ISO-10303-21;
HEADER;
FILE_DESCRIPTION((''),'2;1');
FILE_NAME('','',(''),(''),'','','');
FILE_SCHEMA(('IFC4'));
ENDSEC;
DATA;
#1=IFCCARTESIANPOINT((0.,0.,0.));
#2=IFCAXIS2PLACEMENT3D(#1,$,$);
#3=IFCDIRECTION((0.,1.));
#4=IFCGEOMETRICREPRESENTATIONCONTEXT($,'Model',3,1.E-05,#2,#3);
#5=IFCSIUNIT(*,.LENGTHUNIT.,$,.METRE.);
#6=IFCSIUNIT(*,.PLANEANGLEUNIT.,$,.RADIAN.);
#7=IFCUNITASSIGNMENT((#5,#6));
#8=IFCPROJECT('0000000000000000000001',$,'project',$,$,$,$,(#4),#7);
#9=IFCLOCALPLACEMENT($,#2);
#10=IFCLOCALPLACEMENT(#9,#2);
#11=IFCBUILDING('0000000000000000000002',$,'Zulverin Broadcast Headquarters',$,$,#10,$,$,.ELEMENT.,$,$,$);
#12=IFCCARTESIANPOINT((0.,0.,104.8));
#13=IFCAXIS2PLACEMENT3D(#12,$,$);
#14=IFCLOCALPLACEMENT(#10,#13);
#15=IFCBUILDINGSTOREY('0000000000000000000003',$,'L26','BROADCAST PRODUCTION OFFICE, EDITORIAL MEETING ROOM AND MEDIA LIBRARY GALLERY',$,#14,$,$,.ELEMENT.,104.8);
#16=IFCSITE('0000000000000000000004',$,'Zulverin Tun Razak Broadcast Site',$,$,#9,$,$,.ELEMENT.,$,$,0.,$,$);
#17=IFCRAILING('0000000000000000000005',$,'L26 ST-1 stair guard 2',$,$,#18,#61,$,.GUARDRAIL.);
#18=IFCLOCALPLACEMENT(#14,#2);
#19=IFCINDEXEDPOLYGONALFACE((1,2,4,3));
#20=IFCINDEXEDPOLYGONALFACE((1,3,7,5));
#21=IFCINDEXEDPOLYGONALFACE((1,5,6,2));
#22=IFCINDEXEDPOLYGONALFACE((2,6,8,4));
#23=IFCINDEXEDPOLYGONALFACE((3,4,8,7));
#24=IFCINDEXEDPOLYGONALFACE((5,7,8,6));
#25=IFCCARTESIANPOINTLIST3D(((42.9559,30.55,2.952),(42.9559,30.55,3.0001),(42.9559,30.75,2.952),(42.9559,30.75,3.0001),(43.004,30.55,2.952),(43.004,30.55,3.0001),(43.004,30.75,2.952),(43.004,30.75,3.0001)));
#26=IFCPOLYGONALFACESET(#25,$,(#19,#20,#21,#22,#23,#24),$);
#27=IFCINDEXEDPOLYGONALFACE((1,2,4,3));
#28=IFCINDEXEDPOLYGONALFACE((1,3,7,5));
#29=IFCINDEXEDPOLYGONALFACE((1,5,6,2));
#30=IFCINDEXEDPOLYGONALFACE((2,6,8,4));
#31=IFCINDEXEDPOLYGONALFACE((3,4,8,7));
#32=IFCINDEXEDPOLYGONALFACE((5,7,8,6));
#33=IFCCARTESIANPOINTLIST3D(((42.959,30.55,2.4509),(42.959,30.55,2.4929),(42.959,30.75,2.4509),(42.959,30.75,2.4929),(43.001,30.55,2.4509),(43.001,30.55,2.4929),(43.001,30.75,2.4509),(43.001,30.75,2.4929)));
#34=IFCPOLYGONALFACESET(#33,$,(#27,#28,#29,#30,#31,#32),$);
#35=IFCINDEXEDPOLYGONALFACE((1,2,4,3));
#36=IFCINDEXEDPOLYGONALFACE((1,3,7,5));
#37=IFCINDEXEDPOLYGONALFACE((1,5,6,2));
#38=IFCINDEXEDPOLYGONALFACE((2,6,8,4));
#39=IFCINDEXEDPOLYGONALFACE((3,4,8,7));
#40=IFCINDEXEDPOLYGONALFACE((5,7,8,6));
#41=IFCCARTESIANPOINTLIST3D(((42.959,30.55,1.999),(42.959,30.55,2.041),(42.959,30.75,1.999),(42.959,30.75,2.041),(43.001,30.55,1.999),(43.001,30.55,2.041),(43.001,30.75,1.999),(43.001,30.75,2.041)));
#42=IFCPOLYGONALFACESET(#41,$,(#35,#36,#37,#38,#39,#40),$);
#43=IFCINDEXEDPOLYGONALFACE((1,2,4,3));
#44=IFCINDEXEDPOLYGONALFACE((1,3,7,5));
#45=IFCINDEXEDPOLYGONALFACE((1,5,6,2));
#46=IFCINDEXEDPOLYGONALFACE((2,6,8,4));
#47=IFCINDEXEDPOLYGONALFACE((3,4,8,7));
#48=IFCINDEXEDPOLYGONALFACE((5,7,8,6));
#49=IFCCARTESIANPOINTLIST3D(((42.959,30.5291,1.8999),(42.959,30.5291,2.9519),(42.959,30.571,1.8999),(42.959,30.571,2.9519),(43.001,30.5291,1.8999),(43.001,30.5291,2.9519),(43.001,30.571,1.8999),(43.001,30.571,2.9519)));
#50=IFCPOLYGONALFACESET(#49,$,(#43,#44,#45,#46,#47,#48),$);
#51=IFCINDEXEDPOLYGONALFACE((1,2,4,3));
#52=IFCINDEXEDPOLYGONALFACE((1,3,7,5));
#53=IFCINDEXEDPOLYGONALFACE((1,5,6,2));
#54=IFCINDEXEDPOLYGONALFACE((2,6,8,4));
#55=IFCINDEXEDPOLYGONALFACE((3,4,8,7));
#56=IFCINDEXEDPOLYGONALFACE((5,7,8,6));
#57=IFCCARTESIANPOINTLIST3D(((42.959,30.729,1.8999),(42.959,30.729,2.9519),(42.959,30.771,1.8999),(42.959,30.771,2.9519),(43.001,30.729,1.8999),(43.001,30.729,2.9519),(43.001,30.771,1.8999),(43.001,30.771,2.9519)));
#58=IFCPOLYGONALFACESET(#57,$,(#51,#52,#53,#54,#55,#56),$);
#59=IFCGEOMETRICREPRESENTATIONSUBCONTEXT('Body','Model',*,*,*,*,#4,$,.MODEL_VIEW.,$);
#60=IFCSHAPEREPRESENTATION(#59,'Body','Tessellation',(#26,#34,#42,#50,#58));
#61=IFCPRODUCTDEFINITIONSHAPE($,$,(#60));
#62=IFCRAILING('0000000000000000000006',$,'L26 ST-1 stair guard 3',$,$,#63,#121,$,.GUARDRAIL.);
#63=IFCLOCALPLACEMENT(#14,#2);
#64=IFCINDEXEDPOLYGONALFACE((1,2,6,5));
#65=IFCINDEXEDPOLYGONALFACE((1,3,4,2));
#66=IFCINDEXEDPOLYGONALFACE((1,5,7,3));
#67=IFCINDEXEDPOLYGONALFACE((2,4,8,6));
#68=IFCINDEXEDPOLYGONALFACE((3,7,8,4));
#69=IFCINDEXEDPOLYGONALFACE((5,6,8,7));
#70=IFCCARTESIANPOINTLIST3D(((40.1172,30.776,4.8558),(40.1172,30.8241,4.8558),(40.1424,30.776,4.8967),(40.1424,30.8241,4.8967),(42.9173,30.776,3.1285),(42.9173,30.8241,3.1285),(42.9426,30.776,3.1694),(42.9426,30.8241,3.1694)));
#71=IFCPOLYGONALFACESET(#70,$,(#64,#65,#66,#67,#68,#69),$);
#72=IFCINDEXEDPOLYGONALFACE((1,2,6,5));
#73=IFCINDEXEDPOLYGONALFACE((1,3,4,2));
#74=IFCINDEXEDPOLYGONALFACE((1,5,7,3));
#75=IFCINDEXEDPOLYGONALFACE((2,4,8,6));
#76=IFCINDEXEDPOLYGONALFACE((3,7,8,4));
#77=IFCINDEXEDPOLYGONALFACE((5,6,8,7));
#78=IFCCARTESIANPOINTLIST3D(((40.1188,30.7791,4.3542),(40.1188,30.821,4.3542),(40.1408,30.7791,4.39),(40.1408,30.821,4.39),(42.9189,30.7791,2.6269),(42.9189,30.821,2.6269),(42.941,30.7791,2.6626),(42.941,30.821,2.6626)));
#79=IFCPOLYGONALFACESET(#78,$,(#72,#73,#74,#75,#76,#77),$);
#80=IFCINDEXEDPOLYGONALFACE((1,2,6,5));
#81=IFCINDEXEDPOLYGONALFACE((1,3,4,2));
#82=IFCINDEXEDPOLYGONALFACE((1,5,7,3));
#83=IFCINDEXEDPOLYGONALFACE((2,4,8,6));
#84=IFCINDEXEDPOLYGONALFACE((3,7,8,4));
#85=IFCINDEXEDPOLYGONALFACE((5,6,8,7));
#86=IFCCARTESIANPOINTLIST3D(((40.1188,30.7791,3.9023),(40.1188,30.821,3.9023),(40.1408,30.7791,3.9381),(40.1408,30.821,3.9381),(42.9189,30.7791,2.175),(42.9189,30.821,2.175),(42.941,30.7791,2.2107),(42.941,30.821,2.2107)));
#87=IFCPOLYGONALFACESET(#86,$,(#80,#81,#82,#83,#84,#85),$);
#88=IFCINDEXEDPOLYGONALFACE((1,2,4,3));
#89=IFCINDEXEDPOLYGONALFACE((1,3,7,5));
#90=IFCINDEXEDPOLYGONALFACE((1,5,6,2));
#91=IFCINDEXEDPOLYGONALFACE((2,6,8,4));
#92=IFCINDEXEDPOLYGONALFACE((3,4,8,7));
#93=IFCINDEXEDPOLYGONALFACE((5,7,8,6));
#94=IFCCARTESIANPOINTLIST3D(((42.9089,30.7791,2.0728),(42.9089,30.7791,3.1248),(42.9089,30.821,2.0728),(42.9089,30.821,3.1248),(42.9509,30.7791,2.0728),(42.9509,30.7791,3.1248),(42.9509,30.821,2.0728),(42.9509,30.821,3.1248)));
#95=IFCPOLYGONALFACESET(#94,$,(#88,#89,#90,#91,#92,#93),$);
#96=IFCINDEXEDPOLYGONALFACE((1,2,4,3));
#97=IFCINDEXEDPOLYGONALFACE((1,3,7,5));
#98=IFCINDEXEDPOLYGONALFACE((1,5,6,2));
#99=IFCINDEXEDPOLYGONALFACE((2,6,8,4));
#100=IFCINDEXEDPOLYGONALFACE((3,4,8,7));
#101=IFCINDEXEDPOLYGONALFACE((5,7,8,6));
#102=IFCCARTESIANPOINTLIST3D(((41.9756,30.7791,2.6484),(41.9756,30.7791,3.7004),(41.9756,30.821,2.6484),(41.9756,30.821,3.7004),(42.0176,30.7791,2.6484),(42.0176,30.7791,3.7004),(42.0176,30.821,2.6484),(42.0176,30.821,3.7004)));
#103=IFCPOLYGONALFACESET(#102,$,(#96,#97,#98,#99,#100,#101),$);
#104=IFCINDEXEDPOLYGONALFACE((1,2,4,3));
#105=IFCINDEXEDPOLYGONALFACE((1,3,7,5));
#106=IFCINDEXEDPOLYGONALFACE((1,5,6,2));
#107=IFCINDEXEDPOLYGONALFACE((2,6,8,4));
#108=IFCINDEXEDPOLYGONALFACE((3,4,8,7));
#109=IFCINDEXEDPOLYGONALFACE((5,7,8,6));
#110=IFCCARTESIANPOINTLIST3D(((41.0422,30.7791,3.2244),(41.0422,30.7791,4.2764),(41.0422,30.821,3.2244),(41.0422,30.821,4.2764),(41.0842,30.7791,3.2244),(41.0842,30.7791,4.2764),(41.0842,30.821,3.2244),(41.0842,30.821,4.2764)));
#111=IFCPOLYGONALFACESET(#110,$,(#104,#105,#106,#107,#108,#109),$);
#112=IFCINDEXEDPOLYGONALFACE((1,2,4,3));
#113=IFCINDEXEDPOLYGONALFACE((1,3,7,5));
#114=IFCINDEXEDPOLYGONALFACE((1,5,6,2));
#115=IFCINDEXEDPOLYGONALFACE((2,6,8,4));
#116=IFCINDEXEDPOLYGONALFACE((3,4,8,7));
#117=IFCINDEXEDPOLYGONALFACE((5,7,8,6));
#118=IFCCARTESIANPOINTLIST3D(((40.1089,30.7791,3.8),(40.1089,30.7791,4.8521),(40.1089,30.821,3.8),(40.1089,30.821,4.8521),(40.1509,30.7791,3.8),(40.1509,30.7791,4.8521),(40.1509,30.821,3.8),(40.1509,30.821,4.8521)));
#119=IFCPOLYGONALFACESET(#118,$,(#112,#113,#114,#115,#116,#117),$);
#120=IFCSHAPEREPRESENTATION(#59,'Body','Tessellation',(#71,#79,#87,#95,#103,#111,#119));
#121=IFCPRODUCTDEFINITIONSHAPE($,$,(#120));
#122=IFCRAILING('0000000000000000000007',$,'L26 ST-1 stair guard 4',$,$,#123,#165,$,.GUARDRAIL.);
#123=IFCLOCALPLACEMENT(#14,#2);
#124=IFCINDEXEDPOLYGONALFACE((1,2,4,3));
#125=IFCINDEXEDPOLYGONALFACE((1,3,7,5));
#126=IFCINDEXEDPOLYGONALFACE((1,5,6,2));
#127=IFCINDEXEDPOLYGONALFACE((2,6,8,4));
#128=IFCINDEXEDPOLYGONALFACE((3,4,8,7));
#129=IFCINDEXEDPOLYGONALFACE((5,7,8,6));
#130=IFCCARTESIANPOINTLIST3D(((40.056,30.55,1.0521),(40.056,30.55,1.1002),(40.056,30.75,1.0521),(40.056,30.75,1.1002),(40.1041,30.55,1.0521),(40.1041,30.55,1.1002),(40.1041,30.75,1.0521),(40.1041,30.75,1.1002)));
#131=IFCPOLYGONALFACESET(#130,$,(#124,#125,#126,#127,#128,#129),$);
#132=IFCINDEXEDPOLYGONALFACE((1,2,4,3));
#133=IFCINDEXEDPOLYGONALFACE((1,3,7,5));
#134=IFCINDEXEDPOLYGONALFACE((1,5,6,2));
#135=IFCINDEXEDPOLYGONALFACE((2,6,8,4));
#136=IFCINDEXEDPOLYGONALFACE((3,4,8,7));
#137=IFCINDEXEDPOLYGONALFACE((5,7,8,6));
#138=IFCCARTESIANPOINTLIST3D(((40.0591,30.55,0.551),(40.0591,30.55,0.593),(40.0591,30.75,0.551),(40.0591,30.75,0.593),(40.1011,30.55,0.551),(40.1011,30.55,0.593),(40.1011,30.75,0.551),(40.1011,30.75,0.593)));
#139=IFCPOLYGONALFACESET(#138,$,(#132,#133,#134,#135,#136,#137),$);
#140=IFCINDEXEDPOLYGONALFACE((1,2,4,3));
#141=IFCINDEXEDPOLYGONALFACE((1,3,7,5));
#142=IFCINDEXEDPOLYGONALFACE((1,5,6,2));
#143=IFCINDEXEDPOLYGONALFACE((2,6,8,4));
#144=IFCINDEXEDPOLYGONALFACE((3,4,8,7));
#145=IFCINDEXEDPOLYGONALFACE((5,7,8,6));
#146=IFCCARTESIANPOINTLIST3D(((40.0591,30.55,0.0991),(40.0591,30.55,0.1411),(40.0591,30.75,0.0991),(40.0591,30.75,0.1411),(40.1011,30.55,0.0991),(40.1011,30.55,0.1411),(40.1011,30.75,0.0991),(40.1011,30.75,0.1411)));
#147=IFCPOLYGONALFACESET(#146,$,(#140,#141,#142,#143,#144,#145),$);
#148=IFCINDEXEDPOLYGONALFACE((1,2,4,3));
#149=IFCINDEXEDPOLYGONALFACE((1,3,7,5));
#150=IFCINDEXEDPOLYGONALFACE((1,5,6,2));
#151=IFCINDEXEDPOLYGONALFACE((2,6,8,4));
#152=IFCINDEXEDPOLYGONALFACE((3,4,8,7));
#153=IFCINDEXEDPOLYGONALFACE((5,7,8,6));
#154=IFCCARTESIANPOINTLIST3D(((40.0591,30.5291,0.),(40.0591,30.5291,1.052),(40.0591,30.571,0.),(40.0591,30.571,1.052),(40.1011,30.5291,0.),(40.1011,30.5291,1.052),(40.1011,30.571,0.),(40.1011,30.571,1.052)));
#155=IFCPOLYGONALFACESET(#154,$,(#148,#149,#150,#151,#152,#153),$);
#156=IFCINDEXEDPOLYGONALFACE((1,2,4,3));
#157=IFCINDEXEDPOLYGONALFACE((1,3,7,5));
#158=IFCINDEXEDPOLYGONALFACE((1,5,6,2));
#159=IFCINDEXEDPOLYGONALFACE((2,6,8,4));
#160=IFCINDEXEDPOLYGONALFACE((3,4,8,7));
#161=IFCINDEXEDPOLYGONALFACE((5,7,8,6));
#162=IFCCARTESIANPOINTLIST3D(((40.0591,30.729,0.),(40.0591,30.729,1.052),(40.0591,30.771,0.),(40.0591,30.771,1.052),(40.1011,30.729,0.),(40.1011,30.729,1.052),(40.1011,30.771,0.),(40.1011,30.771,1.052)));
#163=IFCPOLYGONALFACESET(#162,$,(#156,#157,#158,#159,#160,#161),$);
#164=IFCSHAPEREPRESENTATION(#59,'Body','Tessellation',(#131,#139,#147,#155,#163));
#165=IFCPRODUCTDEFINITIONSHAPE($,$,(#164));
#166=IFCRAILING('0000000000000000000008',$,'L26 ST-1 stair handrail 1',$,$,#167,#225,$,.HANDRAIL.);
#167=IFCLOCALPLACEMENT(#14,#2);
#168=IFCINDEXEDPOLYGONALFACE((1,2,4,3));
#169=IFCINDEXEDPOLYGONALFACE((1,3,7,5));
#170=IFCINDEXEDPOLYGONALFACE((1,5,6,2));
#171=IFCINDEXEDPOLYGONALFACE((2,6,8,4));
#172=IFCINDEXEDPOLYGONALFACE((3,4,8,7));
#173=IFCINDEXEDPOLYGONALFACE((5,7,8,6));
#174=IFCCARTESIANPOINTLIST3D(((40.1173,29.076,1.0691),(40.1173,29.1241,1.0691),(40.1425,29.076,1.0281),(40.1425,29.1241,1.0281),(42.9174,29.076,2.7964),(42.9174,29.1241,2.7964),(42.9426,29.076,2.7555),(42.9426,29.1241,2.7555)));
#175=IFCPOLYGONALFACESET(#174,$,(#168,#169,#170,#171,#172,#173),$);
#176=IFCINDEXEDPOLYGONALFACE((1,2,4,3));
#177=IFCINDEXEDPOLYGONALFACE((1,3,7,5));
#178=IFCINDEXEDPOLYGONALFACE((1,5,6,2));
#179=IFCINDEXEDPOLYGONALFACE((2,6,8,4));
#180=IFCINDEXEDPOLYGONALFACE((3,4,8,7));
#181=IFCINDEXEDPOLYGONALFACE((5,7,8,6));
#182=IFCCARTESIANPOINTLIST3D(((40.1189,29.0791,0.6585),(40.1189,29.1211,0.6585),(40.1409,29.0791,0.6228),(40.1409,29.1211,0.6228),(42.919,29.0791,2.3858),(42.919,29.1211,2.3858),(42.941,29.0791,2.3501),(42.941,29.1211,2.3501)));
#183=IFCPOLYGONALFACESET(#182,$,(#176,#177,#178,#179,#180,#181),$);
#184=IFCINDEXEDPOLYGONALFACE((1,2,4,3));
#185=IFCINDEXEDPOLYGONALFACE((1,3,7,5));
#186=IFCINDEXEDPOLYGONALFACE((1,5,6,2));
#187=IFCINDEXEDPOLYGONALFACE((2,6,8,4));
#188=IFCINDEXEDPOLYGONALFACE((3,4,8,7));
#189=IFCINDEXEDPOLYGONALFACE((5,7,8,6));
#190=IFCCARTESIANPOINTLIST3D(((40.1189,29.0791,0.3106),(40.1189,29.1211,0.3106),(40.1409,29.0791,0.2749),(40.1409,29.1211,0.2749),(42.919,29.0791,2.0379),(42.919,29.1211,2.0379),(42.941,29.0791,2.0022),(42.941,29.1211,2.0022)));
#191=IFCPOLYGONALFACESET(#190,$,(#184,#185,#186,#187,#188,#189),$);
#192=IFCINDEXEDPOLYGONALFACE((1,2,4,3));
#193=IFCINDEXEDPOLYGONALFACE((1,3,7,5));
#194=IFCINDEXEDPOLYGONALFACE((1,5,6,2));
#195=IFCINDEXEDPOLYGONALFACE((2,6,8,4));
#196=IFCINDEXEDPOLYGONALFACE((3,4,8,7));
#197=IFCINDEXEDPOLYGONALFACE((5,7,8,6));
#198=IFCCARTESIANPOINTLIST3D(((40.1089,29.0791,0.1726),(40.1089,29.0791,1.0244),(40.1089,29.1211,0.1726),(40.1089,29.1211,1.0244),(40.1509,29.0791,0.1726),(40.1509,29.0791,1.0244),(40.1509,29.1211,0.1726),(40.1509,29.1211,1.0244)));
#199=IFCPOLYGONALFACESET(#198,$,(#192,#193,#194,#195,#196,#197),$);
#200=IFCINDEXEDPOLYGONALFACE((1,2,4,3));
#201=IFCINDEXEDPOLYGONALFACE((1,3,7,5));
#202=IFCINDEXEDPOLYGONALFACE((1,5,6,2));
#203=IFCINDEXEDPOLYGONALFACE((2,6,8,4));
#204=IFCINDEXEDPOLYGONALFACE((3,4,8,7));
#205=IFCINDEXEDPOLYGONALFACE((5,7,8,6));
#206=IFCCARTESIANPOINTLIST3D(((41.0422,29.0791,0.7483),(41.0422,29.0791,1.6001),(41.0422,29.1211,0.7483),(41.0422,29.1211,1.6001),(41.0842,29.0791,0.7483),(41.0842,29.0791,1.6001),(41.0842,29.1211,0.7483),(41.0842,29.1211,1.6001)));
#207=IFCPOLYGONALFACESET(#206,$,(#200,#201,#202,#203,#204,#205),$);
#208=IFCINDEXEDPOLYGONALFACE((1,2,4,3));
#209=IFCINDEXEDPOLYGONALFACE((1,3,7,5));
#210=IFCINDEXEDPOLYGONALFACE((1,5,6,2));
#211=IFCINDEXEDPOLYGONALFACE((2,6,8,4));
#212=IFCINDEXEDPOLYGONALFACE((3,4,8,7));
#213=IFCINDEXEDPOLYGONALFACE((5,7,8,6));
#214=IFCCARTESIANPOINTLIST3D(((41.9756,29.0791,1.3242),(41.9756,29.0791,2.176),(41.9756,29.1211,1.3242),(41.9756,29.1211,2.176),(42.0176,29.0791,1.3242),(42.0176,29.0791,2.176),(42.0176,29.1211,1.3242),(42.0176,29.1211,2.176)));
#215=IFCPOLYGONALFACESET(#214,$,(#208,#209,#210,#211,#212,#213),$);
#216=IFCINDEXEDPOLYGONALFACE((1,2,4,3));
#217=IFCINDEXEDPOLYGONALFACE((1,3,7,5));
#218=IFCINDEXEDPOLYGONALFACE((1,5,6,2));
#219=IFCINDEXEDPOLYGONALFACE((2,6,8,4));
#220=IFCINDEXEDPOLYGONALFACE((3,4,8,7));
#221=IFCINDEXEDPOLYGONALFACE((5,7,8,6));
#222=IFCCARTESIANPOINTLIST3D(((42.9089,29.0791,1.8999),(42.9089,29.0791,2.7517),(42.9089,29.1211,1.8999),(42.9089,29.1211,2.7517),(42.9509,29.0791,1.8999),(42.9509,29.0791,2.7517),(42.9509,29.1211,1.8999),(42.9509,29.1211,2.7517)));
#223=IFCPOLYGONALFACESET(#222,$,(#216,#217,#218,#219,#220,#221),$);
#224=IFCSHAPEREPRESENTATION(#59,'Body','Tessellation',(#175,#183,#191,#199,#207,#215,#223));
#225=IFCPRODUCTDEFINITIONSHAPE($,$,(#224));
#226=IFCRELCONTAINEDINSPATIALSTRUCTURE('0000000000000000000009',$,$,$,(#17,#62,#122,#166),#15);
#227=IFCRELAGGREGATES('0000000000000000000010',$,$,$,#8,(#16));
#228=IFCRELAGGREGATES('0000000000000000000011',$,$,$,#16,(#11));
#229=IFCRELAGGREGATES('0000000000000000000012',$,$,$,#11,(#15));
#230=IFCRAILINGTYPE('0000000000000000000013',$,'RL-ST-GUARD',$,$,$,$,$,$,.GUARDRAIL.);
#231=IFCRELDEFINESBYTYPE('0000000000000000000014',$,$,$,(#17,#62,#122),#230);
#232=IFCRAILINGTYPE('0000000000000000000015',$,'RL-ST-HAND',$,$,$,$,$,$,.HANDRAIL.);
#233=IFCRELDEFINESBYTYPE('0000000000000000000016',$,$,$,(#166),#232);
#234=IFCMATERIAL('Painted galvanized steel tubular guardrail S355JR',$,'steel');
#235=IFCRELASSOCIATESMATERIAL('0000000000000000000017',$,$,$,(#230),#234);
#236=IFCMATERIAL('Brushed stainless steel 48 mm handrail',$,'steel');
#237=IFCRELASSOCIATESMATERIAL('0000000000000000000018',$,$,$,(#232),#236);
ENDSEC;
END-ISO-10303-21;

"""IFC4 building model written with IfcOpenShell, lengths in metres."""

from ifc_helpers import new_model, si_unit, direction, frame, origin, origin_2d, place, context, subcontext, project, spatial, rectangle, extrude, material, type_object, element, save


model = new_model("IFC4")

# Units and contexts
model_context = context("Model", 3, precision=1e-05, world=origin(), true_north=direction((0.0, 1.0)))
body_context = subcontext(model_context, "Body", "Model", "MODEL_VIEW")
ifc_project = project(units=[si_unit("LENGTHUNIT", "METRE"), si_unit("PLANEANGLEUNIT", "RADIAN")], contexts=[model_context])

# Site, building, storey
site_placement = place(None, origin())
site = spatial("IfcSite", under=ifc_project, at=site_placement, Name="Zulverin Tun Razak Broadcast Site", CompositionType="ELEMENT", RefElevation=0.0)
building_placement = place(site_placement, origin())
building = spatial("IfcBuilding", under=site, at=building_placement, Name="Zulverin Broadcast Headquarters", CompositionType="ELEMENT")
storey_placement = place(building_placement, frame((0.0, 0.0, 104.8)))
storey = spatial("IfcBuildingStorey", under=building, at=storey_placement, Name="L26", Description="BROADCAST PRODUCTION OFFICE, EDITORIAL MEETING ROOM AND MEDIA LIBRARY GALLERY", CompositionType="ELEMENT", Elevation=104.8)

# Railings
ifc_material_1 = material(Name="Painted galvanized steel tubular guardrail S355JR", Category="steel")
railing_type_1 = type_object("IfcRailingType", Name="RL-ST-GUARD", PredefinedType="GUARDRAIL", material=ifc_material_1)
railing_1_placement = place(storey_placement, frame((42.98, 30.55, 1.8999)))
element("IfcRailing", 1, at=railing_1_placement, inside=storey, type_object=railing_type_1, Name="L26 ST-1 stair guard 2", PredefinedType="GUARDRAIL", context=body_context, shape_type="SweptSolid", body=[
    extrude(rectangle(XDim=0.0481, YDim=0.0481, at=origin_2d()), frame((0.0, 0.0, 1.0762), z_axis=(0.0, 1.0, 0.0), x_axis=(-1.0, 0.0, 0.0)), (0.0, 0.0, 1.0), 0.2),
    extrude(rectangle(XDim=0.042, YDim=0.042, at=origin_2d()), frame((0.0, 0.0, 0.572), z_axis=(0.0, 1.0, 0.0), x_axis=(-1.0, 0.0, 0.0)), (0.0, 0.0, 1.0), 0.2),
    extrude(rectangle(XDim=0.042, YDim=0.042, at=origin_2d()), frame((0.0, 0.0, 0.1201), z_axis=(0.0, 1.0, 0.0), x_axis=(-1.0, 0.0, 0.0)), (0.0, 0.0, 1.0), 0.2),
    extrude(rectangle(XDim=0.042, YDim=0.042, at=origin_2d()), origin(), (0.0, 0.0, 1.0), 1.052),
    extrude(rectangle(XDim=0.042, YDim=0.042, at=origin_2d()), frame((0.0, 0.2, 0.0)), (0.0, 0.0, 1.0), 1.052),
])
railing_2_placement = place(storey_placement, frame((42.9299, 30.8, 2.0728)))
element("IfcRailing", 2, at=railing_2_placement, inside=storey, type_object=railing_type_1, Name="L26 ST-1 stair guard 3", PredefinedType="GUARDRAIL", context=body_context, shape_type="SweptSolid", body=[
    extrude(rectangle(XDim=0.0481, YDim=0.0481, at=origin_2d()), frame((0.0, 0.0, 1.0762), z_axis=(-0.85109, 0.0, 0.52502), x_axis=(0.0, -1.0, 0.0)), (0.0, 0.0, 1.0), 3.29),
    extrude(rectangle(XDim=0.042, YDim=0.042, at=origin_2d()), frame((0.0, 0.0, 0.572), z_axis=(-0.85109, 0.0, 0.52502), x_axis=(0.0, -1.0, 0.0)), (0.0, 0.0, 1.0), 3.29),
    extrude(rectangle(XDim=0.042, YDim=0.042, at=origin_2d()), frame((0.0, 0.0, 0.1201), z_axis=(-0.85109, 0.0, 0.52502), x_axis=(0.0, -1.0, 0.0)), (0.0, 0.0, 1.0), 3.29),
    extrude(rectangle(XDim=0.042, YDim=0.042, at=origin_2d()), origin(), (0.0, 0.0, 1.0), 1.052),
    extrude(rectangle(XDim=0.042, YDim=0.042, at=origin_2d()), frame((-0.9333, 0.0, 0.5757)), (0.0, 0.0, 1.0), 1.052),
    extrude(rectangle(XDim=0.042, YDim=0.042, at=origin_2d()), frame((-1.8667, 0.0, 1.1516)), (0.0, 0.0, 1.0), 1.052),
    extrude(rectangle(XDim=0.042, YDim=0.042, at=origin_2d()), frame((-2.8, 0.0, 1.7273)), (0.0, 0.0, 1.0), 1.052),
])
railing_3_placement = place(storey_placement, frame((40.0801, 30.55, 0.0)))
element("IfcRailing", 3, at=railing_3_placement, inside=storey, type_object=railing_type_1, Name="L26 ST-1 stair guard 4", PredefinedType="GUARDRAIL", context=body_context, shape_type="SweptSolid", body=[
    extrude(rectangle(XDim=0.0481, YDim=0.0481, at=origin_2d()), frame((0.0, 0.0, 1.0762), z_axis=(0.0, 1.0, 0.0), x_axis=(-1.0, 0.0, 0.0)), (0.0, 0.0, 1.0), 0.2),
    extrude(rectangle(XDim=0.042, YDim=0.042, at=origin_2d()), frame((0.0, 0.0, 0.572), z_axis=(0.0, 1.0, 0.0), x_axis=(-1.0, 0.0, 0.0)), (0.0, 0.0, 1.0), 0.2),
    extrude(rectangle(XDim=0.042, YDim=0.042, at=origin_2d()), frame((0.0, 0.0, 0.1201), z_axis=(0.0, 1.0, 0.0), x_axis=(-1.0, 0.0, 0.0)), (0.0, 0.0, 1.0), 0.2),
    extrude(rectangle(XDim=0.042, YDim=0.042, at=origin_2d()), origin(), (0.0, 0.0, 1.0), 1.052),
    extrude(rectangle(XDim=0.042, YDim=0.042, at=origin_2d()), frame((0.0, 0.2, 0.0)), (0.0, 0.0, 1.0), 1.052),
])
ifc_material_2 = material(Name="Brushed stainless steel 48 mm handrail", Category="steel")
railing_type_2 = type_object("IfcRailingType", Name="RL-ST-HAND", PredefinedType="HANDRAIL", material=ifc_material_2)
railing_4_placement = place(storey_placement, frame((40.1299, 29.1001, 0.1726)))
element("IfcRailing", 4, at=railing_4_placement, inside=storey, type_object=railing_type_2, Name="L26 ST-1 stair handrail 1", PredefinedType="HANDRAIL", context=body_context, shape_type="SweptSolid", body=[
    extrude(rectangle(XDim=0.0481, YDim=0.0481, at=origin_2d()), frame((0.0, 0.0, 0.876), z_axis=(0.85109, 0.0, 0.52502), x_axis=(0.0, 1.0, 0.0)), (0.0, 0.0, 1.0), 3.29),
    extrude(rectangle(XDim=0.042, YDim=0.042, at=origin_2d()), frame((0.0, 0.0, 0.468), z_axis=(0.85109, 0.0, 0.52502), x_axis=(0.0, 1.0, 0.0)), (0.0, 0.0, 1.0), 3.29),
    extrude(rectangle(XDim=0.042, YDim=0.042, at=origin_2d()), frame((0.0, 0.0, 0.1201), z_axis=(0.85109, 0.0, 0.52502), x_axis=(0.0, 1.0, 0.0)), (0.0, 0.0, 1.0), 3.29),
    extrude(rectangle(XDim=0.042, YDim=0.042, at=origin_2d()), origin(), (0.0, 0.0, 1.0), 0.8518),
    extrude(rectangle(XDim=0.042, YDim=0.042, at=origin_2d()), frame((0.9333, 0.0, 0.5757)), (0.0, 0.0, 1.0), 0.8518),
    extrude(rectangle(XDim=0.042, YDim=0.042, at=origin_2d()), frame((1.8667, 0.0, 1.1516)), (0.0, 0.0, 1.0), 0.8518),
    extrude(rectangle(XDim=0.042, YDim=0.042, at=origin_2d()), frame((2.8, 0.0, 1.7273)), (0.0, 0.0, 1.0), 0.8518),
])

save(model, "model.ifc")
